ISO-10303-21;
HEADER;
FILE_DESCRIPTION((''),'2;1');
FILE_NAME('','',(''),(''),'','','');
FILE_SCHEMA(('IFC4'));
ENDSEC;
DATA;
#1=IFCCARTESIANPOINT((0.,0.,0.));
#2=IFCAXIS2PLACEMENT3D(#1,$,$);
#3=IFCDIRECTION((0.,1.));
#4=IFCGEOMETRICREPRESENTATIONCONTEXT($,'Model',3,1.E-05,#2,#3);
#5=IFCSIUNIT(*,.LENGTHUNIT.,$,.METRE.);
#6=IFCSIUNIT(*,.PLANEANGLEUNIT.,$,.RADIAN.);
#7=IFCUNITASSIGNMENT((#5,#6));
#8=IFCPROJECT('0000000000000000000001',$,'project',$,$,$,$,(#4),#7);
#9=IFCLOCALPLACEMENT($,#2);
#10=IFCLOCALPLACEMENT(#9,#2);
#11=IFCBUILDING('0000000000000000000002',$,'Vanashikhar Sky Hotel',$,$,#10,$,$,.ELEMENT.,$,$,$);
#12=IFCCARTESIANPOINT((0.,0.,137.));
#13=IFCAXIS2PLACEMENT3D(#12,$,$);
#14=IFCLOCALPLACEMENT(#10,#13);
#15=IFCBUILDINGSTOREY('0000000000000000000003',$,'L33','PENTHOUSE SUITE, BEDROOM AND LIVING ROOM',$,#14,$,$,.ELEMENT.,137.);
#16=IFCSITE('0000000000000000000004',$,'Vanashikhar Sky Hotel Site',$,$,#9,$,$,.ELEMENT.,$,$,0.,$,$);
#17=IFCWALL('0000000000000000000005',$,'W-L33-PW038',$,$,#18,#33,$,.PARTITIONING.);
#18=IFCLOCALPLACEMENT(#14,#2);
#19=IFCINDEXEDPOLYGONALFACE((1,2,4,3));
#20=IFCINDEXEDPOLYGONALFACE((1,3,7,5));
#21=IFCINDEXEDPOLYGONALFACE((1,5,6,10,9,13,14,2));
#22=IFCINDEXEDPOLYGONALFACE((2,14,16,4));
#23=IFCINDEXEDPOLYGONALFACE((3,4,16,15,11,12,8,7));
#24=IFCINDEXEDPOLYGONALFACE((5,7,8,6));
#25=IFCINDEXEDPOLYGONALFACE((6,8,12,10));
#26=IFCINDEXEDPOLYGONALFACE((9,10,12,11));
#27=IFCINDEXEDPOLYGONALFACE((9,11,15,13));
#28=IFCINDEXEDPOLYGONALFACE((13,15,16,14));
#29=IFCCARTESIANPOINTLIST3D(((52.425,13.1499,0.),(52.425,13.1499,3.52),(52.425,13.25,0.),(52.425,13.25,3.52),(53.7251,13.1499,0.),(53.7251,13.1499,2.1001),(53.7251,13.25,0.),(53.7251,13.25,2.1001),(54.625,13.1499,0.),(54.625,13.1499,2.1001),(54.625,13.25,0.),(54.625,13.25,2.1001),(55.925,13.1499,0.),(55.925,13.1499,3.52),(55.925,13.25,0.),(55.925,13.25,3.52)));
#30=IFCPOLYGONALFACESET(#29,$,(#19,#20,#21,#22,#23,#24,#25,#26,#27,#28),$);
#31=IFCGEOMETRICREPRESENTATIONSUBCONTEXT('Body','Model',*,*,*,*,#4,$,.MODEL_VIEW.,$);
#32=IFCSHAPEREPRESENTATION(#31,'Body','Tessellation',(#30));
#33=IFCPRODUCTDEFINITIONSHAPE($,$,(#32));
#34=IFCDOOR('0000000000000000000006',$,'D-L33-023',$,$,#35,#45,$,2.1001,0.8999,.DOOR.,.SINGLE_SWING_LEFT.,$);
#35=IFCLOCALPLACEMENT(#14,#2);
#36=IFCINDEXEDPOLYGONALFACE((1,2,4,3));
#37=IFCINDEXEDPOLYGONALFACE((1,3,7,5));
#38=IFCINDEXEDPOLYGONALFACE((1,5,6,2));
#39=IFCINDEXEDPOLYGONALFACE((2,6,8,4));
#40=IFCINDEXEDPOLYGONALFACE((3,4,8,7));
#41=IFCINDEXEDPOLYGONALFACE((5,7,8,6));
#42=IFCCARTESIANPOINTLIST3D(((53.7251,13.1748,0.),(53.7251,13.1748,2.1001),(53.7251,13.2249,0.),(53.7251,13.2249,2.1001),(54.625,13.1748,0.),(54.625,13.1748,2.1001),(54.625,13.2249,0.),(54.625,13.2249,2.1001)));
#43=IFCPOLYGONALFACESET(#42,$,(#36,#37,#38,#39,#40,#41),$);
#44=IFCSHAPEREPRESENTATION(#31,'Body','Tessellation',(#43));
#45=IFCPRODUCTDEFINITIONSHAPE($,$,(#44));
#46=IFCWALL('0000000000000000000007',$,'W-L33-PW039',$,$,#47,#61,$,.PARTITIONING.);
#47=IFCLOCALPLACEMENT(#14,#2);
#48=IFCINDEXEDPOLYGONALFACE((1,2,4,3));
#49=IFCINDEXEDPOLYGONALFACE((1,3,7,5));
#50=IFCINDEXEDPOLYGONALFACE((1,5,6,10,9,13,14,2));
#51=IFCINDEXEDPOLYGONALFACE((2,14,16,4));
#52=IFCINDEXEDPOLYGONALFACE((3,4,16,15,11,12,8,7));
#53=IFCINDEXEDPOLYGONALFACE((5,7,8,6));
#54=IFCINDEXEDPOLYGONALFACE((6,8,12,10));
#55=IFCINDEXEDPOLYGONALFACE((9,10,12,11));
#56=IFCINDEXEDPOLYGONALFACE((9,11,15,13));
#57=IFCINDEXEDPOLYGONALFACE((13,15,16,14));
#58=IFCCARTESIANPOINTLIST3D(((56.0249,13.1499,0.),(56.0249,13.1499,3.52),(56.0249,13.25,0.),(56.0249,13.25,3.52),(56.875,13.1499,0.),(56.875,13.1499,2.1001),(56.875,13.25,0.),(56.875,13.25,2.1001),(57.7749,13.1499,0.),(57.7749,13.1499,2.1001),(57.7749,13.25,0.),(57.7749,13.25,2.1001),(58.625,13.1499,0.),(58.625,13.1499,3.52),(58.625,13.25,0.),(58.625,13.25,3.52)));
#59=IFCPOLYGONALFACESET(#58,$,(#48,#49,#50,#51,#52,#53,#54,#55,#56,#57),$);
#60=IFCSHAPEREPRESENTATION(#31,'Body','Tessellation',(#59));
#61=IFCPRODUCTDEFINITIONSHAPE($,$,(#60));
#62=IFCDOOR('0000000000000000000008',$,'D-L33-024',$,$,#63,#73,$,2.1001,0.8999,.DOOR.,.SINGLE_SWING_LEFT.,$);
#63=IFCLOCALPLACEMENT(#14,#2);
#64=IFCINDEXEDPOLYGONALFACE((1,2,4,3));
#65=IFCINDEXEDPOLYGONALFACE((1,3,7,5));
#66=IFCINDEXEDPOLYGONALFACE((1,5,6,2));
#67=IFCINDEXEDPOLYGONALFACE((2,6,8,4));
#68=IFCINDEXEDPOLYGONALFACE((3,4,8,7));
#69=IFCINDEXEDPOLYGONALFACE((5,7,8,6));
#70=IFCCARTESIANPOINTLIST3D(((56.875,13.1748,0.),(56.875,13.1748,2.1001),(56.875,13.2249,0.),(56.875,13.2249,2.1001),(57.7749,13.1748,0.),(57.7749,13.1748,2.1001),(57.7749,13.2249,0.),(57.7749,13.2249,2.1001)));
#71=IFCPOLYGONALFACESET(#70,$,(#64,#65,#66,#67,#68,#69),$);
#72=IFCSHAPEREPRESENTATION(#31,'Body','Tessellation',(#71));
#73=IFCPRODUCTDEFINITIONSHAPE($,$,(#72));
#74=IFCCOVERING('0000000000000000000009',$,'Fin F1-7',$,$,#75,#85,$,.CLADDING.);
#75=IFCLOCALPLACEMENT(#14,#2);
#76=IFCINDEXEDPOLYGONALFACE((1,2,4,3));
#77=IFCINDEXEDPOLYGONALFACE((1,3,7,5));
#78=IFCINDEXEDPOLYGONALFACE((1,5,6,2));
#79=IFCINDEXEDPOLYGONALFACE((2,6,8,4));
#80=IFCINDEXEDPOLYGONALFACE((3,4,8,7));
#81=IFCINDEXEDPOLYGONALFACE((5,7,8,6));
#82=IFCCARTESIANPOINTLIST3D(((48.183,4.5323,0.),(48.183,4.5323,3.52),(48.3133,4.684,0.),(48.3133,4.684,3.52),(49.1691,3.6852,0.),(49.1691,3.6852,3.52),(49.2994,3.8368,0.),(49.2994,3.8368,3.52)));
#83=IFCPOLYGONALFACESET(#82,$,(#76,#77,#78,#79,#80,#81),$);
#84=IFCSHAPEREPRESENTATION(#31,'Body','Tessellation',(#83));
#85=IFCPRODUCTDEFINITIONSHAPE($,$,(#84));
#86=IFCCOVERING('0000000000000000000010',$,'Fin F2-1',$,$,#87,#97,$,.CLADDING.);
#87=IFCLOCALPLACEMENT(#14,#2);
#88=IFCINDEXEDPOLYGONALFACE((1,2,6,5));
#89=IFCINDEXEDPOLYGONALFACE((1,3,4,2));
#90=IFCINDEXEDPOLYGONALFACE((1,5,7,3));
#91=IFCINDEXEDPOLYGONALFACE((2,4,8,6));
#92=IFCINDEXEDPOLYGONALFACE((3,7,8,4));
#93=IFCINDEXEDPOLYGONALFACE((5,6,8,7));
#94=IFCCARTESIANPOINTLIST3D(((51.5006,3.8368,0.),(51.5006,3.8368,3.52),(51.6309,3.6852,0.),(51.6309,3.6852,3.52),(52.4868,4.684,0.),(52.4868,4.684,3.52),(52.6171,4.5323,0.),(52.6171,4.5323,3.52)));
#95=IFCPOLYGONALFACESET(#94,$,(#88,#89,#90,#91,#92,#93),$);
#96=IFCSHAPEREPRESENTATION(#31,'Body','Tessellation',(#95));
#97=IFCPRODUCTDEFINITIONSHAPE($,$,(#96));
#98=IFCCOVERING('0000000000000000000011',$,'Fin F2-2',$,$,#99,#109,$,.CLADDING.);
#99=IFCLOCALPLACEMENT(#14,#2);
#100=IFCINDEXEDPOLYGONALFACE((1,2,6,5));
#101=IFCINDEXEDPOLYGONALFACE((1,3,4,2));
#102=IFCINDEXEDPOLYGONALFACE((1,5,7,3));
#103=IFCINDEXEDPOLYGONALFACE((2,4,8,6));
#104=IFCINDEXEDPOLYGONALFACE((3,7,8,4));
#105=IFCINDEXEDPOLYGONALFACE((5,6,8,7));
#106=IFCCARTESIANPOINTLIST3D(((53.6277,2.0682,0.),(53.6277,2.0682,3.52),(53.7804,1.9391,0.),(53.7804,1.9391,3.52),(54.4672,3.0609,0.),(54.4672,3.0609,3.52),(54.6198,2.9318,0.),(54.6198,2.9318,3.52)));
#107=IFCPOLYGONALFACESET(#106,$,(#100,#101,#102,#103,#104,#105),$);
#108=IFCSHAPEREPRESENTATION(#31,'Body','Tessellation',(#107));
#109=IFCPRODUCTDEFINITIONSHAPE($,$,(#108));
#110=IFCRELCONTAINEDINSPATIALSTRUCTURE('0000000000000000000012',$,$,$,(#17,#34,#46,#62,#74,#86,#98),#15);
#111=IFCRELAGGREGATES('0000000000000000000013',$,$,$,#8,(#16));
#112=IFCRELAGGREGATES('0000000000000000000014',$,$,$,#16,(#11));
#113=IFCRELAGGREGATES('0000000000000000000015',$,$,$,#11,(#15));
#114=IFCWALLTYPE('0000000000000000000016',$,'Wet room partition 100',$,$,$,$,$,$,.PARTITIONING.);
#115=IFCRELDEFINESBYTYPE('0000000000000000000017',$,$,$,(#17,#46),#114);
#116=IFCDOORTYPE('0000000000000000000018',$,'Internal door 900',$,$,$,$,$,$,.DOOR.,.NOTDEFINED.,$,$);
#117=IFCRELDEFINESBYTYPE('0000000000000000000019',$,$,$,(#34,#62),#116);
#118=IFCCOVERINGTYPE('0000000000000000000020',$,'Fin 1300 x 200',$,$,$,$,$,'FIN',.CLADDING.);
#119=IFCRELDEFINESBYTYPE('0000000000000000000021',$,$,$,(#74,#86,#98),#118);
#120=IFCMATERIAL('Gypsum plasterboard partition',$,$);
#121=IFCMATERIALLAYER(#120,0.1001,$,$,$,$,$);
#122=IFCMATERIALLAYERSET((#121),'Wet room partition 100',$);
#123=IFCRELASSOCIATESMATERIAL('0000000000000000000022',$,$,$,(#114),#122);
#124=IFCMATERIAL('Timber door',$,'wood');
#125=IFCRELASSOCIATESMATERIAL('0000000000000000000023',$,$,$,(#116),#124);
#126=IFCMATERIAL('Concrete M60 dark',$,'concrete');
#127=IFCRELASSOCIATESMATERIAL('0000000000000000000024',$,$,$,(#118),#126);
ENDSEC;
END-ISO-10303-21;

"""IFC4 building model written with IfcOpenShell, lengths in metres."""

from ifc_helpers import new_model, si_unit, direction, frame, frame_2d, origin, origin_2d, place, context, subcontext, project, spatial, rectangle, extrude, source, transform, mapped, material, layer, layer_set, material_profile, profile_set, type_object, element, fill, save


model = new_model("IFC4")

# Units and contexts
model_context = context("Model", 3, precision=1e-05, world=origin(), true_north=direction((0.0, 1.0)))
body_context = subcontext(model_context, "Body", "Model", "MODEL_VIEW")
ifc_project = project(units=[si_unit("LENGTHUNIT", "METRE"), si_unit("PLANEANGLEUNIT", "RADIAN")], contexts=[model_context])

# Site, building, storey
site_placement = place(None, origin())
site = spatial("IfcSite", under=ifc_project, at=site_placement, Name="Vanashikhar Sky Hotel Site", CompositionType="ELEMENT", RefElevation=0.0)
building_placement = place(site_placement, origin())
building = spatial("IfcBuilding", under=site, at=building_placement, Name="Vanashikhar Sky Hotel", CompositionType="ELEMENT")
storey_placement = place(building_placement, frame((0.0, 0.0, 137.0)))
storey = spatial("IfcBuildingStorey", under=building, at=storey_placement, Name="L33", Description="PENTHOUSE SUITE, BEDROOM AND LIVING ROOM", CompositionType="ELEMENT", Elevation=137.0)

# Walls, openings, doors
ifc_material_1 = material(Name="Gypsum plasterboard partition")
ifc_layer_1 = layer(ifc_material_1, 0.1001)
ifc_layer_set_1 = layer_set([ifc_layer_1], Name="Wet room partition 100")
wall_type_1 = type_object("IfcWallType", Name="Wet room partition 100", PredefinedType="PARTITIONING", material=ifc_layer_set_1)
shared_shape_1 = source(origin(), body_context, "Body", "SweptSolid", [
    extrude(rectangle(XDim=3.5, YDim=0.1001, at=frame_2d((1.75, 0.0))), origin(), (0.0, 0.0, 1.0), 3.52),
])
wall_1_placement = place(storey_placement, frame((52.425, 13.2, 0.0), z_axis=(0.0, 0.0, 1.0), x_axis=(1.0, 0.0, 0.0)))
wall_1 = element("IfcWall", 1, at=wall_1_placement, inside=storey, type_object=wall_type_1, Name="W-L33-PW038", PredefinedType="PARTITIONING", context=body_context, shape_type="MappedRepresentation", body=[
    mapped(shared_shape_1, transform((0.0, 0.0, 0.0), scale=1.0)),
])
shared_shape_2 = source(origin(), body_context, "Body", "SweptSolid", [
    extrude(rectangle(XDim=0.8999, YDim=2.1001, at=frame_2d((0.45, 1.05))), frame((0.0, 0.0601, 0.0), z_axis=(0.0, -1.0, 0.0), x_axis=(1.0, 0.0, 0.0)), (0.0, 0.0, 1.0), 0.1201),
])
opening_1_placement = place(wall_1_placement, frame((1.3, 0.0, 0.0)))
opening_1 = element("IfcOpeningElement", 2, at=opening_1_placement, cuts=wall_1, PredefinedType="OPENING", context=body_context, shape_type="MappedRepresentation", body=[
    mapped(shared_shape_2, transform((0.0, 0.0, 0.0), scale=1.0)),
])
ifc_material_2 = material(Name="Timber door", Category="wood")
door_type = type_object("IfcDoorType", Name="Internal door 900", OperationType="NOTDEFINED", PredefinedType="DOOR", material=ifc_material_2)
shared_shape_3 = source(origin(), body_context, "Body", "SweptSolid", [
    extrude(rectangle(XDim=0.8999, YDim=2.1001, at=frame_2d((0.45, 1.05))), frame((0.0, 0.0249, 0.0), z_axis=(0.0, -1.0, 0.0), x_axis=(1.0, 0.0, 0.0)), (0.0, 0.0, 1.0), 0.05),
])
door_1_placement = place(opening_1_placement, origin())
door_1 = element("IfcDoor", 3, at=door_1_placement, inside=storey, type_object=door_type, Name="D-L33-023", OperationType="SINGLE_SWING_LEFT", OverallHeight=2.1001, OverallWidth=0.8999, PredefinedType="DOOR", context=body_context, shape_type="MappedRepresentation", body=[
    mapped(shared_shape_3, transform((0.0, 0.0, 0.0), scale=1.0)),
])
fill(opening_1, door_1)
shared_shape_4 = source(origin(), body_context, "Body", "SweptSolid", [
    extrude(rectangle(XDim=2.6001, YDim=0.1001, at=frame_2d((1.3, 0.0))), origin(), (0.0, 0.0, 1.0), 3.52),
])
wall_2_placement = place(storey_placement, frame((56.0249, 13.2, 0.0), z_axis=(0.0, 0.0, 1.0), x_axis=(1.0, 0.0, 0.0)))
wall_2 = element("IfcWall", 4, at=wall_2_placement, inside=storey, type_object=wall_type_1, Name="W-L33-PW039", PredefinedType="PARTITIONING", context=body_context, shape_type="MappedRepresentation", body=[
    mapped(shared_shape_4, transform((0.0, 0.0, 0.0), scale=1.0)),
])
opening_2_placement = place(wall_2_placement, frame((0.8501, 0.0, 0.0)))
opening_2 = element("IfcOpeningElement", 5, at=opening_2_placement, cuts=wall_2, PredefinedType="OPENING", context=body_context, shape_type="MappedRepresentation", body=[
    mapped(shared_shape_2, transform((0.0, 0.0, 0.0), scale=1.0)),
])
door_2_placement = place(opening_2_placement, origin())
door_2 = element("IfcDoor", 6, at=door_2_placement, inside=storey, type_object=door_type, Name="D-L33-024", OperationType="SINGLE_SWING_LEFT", OverallHeight=2.1001, OverallWidth=0.8999, PredefinedType="DOOR", context=body_context, shape_type="MappedRepresentation", body=[
    mapped(shared_shape_3, transform((0.0, 0.0, 0.0), scale=1.0)),
])
fill(opening_2, door_2)

# Coverings
ifc_material_3 = material(Name="Concrete M60 dark", Category="concrete")
ifc_material_profile = material_profile(ifc_material_3, rectangle(XDim=1.3, YDim=0.2, at=origin_2d()))
ifc_profile_set = profile_set([ifc_material_profile], Name="Fin 1300 x 200")
covering_type = type_object("IfcCoveringType", Name="Fin 1300 x 200", ElementType="FIN", PredefinedType="CLADDING", material=ifc_profile_set)
shared_shape_5 = source(origin(), body_context, "Body", "SweptSolid", [
    extrude(rectangle(XDim=1.3, YDim=0.2, at=origin_2d()), origin(), (0.0, 0.0, 1.0), 3.52),
])
for number, where, z_axis, x_axis, name in (
    (7, (48.7412, 4.1846, 0.0), (0.0, 0.0, 1.0), (0.758544, -0.651622, 0.0), "Fin F1-7"),
    (8, (52.0588, 4.1846, 0.0), (0.0, 0.0, 1.0), (-0.758544, -0.651622, 0.0), "Fin F2-1"),
    (9, (54.1238, 2.5, 0.0), (0.0, 0.0, 1.0), (-0.645698, -0.763593, 0.0), "Fin F2-2"),
):
    element("IfcCovering", number, at=place(storey_placement, frame(where, z_axis=z_axis, x_axis=x_axis)), inside=storey, type_object=covering_type, Name=name, PredefinedType="CLADDING", context=body_context, shape_type="MappedRepresentation", body=[
        mapped(shared_shape_5, transform((0.0, 0.0, 0.0), scale=1.0)),
    ])

save(model, "model.ifc")
